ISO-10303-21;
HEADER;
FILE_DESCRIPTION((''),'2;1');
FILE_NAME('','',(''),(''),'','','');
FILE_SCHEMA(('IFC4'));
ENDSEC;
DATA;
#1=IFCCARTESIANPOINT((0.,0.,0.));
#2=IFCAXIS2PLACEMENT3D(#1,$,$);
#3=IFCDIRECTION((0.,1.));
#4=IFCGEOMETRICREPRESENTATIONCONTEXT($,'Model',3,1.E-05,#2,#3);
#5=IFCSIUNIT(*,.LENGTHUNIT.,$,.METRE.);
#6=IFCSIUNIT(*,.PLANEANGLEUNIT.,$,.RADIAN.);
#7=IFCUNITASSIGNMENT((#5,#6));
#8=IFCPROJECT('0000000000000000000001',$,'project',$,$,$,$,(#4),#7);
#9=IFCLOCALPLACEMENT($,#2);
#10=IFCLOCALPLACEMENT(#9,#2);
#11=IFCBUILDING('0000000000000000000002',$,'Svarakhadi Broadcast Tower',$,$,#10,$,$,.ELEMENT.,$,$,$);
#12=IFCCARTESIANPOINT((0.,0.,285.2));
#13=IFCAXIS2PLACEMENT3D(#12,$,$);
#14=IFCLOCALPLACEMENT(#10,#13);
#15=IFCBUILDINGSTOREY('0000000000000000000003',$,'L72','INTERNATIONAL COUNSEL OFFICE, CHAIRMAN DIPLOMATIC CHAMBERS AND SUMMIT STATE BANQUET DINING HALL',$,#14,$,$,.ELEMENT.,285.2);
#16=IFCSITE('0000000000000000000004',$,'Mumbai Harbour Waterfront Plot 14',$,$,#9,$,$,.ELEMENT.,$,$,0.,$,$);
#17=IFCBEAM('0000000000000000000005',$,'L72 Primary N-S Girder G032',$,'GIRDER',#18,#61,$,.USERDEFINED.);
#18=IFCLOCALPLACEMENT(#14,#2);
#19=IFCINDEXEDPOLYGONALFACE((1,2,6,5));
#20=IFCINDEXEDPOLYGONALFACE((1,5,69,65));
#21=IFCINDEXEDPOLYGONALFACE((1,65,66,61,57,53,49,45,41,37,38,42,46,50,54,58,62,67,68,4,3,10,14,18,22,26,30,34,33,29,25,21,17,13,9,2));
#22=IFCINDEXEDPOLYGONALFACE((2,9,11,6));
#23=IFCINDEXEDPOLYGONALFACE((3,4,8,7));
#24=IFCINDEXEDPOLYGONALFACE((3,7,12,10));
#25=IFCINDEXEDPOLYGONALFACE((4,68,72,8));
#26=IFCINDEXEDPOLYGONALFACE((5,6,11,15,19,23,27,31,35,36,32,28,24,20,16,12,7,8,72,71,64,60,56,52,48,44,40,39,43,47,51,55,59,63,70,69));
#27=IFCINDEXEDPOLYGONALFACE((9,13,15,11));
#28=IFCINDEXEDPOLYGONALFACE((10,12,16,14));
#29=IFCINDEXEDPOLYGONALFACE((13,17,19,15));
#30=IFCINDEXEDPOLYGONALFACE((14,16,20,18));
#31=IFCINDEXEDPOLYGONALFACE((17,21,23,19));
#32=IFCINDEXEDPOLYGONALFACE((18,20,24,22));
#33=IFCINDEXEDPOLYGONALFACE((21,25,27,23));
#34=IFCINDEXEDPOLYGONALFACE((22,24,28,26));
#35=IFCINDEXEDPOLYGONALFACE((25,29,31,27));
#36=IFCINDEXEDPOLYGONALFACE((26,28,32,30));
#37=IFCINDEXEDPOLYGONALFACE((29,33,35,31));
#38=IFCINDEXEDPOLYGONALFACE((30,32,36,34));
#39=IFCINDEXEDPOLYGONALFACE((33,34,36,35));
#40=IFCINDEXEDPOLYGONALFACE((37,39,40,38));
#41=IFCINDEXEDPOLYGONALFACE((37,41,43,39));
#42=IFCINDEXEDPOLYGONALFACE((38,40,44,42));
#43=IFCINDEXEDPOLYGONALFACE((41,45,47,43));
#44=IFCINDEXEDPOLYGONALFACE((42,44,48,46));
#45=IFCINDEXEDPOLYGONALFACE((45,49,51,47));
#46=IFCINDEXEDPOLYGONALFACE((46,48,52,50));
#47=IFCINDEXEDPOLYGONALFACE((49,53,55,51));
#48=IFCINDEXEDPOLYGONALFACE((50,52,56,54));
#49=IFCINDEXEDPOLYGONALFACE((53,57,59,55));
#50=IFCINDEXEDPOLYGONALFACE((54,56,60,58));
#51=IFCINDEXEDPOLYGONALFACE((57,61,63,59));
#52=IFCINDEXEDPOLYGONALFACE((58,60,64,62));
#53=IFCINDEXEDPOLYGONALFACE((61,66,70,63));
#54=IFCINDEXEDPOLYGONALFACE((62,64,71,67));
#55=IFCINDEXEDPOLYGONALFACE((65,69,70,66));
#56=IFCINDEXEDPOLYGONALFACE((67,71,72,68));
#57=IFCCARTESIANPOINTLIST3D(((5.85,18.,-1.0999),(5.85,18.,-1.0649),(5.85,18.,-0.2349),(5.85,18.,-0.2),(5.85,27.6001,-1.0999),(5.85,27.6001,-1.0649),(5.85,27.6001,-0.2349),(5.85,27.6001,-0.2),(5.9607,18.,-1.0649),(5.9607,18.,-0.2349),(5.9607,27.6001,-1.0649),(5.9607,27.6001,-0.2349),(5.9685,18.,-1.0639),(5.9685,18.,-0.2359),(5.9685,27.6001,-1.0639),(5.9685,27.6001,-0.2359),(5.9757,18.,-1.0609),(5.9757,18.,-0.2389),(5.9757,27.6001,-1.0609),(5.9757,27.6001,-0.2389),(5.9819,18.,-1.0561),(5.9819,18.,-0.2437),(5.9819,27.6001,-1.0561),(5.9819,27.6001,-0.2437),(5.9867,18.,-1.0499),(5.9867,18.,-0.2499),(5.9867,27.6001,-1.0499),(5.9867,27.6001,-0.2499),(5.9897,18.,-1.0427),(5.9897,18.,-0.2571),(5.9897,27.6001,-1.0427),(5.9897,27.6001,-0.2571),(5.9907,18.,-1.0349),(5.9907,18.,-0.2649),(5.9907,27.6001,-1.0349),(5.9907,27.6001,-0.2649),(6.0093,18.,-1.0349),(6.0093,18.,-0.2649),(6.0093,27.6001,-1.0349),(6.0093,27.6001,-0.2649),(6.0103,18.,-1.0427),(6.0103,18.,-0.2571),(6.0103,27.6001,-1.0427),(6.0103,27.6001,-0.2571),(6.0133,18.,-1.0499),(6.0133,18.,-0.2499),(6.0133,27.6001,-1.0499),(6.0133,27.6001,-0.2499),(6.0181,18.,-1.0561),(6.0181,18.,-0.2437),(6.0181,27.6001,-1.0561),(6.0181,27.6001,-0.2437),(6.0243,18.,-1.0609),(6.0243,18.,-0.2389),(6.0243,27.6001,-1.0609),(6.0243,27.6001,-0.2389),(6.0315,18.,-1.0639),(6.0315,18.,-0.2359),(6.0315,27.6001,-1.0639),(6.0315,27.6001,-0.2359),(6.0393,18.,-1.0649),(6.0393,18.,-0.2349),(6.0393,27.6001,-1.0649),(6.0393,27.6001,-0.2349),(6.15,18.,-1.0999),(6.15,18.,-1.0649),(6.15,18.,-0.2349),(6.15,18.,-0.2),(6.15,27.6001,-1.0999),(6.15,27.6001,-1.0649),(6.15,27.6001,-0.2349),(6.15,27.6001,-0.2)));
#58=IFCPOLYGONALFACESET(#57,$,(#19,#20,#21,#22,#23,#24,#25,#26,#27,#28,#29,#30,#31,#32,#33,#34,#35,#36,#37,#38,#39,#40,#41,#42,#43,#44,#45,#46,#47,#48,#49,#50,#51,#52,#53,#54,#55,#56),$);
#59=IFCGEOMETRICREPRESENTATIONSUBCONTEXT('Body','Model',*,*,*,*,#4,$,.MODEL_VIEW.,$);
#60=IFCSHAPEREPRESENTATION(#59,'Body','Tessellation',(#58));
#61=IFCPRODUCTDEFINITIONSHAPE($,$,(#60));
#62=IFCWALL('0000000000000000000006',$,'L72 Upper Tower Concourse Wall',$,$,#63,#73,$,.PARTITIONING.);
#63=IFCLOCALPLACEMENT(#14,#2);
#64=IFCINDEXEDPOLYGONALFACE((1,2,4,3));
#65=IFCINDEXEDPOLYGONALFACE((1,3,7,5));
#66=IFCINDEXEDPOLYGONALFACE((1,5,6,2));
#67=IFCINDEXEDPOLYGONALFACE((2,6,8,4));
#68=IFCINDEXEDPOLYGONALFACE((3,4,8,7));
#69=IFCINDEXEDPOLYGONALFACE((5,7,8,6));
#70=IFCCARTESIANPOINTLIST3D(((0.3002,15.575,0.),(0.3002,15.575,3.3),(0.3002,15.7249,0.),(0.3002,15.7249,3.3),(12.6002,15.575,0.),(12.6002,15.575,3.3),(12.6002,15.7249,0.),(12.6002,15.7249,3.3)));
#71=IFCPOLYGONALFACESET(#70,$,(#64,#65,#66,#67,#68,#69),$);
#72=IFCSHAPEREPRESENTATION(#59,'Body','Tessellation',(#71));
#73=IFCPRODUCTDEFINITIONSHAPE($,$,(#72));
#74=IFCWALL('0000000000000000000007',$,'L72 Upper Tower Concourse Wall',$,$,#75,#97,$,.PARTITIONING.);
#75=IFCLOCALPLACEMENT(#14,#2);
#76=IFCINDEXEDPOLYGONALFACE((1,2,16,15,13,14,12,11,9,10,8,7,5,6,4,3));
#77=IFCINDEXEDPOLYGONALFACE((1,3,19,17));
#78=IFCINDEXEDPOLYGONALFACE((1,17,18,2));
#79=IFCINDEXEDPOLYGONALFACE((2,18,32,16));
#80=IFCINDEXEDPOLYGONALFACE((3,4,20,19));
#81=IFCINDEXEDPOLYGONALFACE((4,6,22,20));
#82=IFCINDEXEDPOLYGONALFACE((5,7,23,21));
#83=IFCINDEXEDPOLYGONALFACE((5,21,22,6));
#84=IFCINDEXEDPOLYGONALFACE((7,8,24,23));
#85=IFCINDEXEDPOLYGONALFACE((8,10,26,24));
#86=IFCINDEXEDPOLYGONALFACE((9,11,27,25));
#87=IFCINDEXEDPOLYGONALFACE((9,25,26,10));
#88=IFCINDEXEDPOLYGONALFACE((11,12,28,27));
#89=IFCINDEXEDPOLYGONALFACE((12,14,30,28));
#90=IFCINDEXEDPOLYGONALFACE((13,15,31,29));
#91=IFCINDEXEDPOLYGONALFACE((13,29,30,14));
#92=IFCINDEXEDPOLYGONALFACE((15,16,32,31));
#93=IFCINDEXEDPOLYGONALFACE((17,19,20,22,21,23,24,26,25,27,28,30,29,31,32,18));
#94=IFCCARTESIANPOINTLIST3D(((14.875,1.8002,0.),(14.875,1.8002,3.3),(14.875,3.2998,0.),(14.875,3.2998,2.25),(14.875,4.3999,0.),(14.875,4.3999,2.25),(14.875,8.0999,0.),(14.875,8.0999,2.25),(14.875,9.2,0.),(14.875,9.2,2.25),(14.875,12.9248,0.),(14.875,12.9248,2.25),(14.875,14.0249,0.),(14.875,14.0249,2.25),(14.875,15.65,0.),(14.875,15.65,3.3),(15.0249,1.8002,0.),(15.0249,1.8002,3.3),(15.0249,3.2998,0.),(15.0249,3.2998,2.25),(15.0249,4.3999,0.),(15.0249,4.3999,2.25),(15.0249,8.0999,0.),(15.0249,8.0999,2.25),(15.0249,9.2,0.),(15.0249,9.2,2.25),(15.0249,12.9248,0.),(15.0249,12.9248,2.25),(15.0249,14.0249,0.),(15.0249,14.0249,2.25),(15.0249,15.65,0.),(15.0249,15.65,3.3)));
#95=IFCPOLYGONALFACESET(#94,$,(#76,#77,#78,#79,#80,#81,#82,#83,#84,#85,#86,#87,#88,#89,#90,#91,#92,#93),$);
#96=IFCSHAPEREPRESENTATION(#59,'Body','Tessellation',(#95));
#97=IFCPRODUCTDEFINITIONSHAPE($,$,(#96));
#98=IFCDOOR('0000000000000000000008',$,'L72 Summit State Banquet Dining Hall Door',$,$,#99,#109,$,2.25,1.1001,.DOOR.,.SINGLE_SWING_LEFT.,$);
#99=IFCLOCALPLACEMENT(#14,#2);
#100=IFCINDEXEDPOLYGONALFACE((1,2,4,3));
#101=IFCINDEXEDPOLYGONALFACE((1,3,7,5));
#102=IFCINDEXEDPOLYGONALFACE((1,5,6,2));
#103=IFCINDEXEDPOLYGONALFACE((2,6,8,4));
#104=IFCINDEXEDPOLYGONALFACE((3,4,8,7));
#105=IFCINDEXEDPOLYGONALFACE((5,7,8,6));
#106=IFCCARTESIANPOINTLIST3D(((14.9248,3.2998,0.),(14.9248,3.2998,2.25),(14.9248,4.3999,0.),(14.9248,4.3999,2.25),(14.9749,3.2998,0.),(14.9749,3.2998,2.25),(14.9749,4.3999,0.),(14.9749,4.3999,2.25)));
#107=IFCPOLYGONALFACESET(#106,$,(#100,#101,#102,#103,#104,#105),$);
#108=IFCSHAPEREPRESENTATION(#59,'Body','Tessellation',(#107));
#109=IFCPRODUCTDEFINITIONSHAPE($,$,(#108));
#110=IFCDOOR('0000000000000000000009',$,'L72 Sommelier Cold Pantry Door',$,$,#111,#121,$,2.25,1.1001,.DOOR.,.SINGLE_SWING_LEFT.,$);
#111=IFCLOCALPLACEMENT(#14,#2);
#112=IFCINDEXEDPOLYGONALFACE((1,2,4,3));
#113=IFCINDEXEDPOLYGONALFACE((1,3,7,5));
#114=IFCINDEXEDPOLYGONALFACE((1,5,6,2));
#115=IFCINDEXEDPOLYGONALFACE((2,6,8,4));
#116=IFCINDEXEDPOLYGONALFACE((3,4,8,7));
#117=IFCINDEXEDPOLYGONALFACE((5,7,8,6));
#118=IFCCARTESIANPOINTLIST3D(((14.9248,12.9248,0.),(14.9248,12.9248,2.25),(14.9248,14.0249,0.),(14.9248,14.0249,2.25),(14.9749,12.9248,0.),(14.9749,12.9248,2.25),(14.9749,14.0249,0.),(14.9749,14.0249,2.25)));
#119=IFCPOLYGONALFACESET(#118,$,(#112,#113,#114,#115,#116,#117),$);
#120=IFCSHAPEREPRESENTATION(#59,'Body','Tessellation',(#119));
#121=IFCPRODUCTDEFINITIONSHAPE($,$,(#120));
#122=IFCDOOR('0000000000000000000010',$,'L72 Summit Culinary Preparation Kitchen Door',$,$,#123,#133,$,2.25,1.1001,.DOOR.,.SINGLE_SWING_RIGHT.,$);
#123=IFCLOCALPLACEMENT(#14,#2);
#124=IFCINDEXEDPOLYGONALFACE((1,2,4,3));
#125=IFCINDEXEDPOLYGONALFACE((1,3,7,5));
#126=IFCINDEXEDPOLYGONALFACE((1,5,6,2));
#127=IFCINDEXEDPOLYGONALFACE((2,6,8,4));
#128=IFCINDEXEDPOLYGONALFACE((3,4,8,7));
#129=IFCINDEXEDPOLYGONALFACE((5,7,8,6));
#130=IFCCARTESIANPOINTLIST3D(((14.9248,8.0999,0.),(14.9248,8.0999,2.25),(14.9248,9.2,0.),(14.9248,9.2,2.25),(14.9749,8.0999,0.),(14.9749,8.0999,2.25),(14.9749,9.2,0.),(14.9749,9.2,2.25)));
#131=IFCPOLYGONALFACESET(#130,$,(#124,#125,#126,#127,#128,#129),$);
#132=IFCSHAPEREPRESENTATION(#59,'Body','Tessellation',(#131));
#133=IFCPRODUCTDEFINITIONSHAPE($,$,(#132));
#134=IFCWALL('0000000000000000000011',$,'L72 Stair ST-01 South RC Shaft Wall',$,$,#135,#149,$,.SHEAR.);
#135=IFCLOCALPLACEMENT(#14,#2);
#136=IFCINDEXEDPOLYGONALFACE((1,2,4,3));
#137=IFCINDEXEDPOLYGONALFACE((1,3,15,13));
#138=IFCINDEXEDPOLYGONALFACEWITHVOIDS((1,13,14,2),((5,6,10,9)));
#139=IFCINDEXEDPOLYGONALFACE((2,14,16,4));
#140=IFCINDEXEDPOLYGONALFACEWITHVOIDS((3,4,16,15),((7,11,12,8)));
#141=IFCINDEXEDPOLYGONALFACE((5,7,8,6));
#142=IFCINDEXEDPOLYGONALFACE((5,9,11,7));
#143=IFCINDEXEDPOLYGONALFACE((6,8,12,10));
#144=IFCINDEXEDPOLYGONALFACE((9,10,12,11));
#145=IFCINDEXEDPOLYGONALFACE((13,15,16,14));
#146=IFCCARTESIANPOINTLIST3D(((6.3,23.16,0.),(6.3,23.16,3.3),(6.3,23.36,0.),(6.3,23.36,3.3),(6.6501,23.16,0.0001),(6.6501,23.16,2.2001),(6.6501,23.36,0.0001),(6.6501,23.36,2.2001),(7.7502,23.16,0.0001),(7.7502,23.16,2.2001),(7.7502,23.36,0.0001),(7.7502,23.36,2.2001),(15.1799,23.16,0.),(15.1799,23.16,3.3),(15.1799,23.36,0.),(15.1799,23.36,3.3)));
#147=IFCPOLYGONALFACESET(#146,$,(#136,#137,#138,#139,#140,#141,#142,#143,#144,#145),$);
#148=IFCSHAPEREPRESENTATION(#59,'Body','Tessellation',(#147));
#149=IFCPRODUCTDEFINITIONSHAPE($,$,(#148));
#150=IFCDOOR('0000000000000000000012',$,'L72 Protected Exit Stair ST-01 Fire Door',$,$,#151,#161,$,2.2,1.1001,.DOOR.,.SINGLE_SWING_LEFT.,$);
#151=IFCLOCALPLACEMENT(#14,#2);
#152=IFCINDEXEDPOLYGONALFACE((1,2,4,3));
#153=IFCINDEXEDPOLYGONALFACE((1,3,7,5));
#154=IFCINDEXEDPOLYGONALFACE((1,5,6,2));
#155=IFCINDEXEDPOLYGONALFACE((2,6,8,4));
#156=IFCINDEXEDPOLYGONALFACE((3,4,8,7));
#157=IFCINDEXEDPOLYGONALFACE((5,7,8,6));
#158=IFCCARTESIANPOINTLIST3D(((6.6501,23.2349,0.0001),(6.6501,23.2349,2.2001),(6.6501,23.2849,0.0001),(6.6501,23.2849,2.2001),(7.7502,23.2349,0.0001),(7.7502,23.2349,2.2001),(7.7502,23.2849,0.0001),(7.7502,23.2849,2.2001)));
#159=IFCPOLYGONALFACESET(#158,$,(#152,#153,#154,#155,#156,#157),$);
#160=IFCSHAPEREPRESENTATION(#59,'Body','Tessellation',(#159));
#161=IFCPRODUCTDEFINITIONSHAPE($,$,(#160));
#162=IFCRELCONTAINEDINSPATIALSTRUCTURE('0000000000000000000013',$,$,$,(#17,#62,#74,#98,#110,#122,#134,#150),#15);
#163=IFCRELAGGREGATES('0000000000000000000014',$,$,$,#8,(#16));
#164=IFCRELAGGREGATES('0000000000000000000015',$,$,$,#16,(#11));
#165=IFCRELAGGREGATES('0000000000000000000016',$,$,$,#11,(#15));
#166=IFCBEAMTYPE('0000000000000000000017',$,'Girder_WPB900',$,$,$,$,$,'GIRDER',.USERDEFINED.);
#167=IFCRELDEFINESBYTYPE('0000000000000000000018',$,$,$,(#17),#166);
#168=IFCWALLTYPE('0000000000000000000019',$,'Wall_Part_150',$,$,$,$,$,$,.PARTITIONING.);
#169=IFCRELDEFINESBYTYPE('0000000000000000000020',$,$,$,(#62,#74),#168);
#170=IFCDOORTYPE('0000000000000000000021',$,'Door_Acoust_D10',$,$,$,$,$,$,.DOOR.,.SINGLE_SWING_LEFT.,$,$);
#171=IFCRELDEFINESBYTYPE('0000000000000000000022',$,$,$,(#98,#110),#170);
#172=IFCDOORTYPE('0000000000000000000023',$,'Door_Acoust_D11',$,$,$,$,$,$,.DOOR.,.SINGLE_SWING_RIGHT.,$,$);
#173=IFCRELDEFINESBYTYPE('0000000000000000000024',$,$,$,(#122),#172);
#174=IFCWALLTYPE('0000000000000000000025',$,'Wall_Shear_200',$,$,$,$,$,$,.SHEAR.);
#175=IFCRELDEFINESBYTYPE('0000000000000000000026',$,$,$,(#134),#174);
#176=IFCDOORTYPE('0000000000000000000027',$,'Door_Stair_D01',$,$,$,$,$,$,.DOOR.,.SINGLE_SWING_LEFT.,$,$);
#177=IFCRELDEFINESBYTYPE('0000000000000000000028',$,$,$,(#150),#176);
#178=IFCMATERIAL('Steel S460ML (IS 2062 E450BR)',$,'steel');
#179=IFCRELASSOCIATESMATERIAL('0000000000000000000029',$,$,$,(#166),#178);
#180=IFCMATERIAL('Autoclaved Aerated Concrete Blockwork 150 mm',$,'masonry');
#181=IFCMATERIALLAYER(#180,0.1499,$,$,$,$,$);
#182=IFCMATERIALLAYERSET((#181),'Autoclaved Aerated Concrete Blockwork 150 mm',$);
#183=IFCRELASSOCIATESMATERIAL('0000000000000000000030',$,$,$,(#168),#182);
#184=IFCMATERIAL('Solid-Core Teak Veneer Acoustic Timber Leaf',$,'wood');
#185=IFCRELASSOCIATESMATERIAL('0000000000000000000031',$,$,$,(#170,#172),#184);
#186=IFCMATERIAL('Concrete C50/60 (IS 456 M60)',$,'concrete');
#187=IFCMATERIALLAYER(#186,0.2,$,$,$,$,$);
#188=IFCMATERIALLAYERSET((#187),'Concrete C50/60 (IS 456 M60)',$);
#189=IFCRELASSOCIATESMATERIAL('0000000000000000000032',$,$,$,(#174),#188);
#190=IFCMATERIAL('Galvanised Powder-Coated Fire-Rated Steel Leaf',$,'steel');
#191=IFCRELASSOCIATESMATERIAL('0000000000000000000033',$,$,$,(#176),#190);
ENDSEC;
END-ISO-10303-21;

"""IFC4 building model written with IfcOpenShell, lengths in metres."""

from ifc_helpers import new_model, si_unit, direction, frame, frame_2d, origin, origin_2d, place, context, subcontext, project, spatial, rectangle, i_section, extrude, material, layer, layer_set, material_profile, profile_set, type_object, element, fill, save


model = new_model("IFC4")

# Units and contexts
model_context = context("Model", 3, precision=1e-05, world=origin(), true_north=direction((0.0, 1.0)))
body_context = subcontext(model_context, "Body", "Model", "MODEL_VIEW")
ifc_project = project(units=[si_unit("LENGTHUNIT", "METRE"), si_unit("PLANEANGLEUNIT", "RADIAN")], contexts=[model_context])

# Site, building, storey
site_placement = place(None, origin())
site = spatial("IfcSite", under=ifc_project, at=site_placement, Name="Mumbai Harbour Waterfront Plot 14", CompositionType="ELEMENT", RefElevation=0.0)
building_placement = place(site_placement, origin())
building = spatial("IfcBuilding", under=site, at=building_placement, Name="Svarakhadi Broadcast Tower", CompositionType="ELEMENT")
storey_placement = place(building_placement, frame((0.0, 0.0, 285.2)))
storey = spatial("IfcBuildingStorey", under=building, at=storey_placement, Name="L72", Description="INTERNATIONAL COUNSEL OFFICE, CHAIRMAN DIPLOMATIC CHAMBERS AND SUMMIT STATE BANQUET DINING HALL", CompositionType="ELEMENT", Elevation=285.2)

# Shared definitions
ifc_material_1 = material(Name="Concrete C50/60 (IS 456 M60)", Category="concrete")
ifc_material_2 = material(Name="Steel S460ML (IS 2062 E450BR)", Category="steel")

# Beam
ifc_material_profile_1 = material_profile(ifc_material_2, i_section(OverallWidth=0.3, OverallDepth=0.8999, WebThickness=0.0186, FlangeThickness=0.0349, FilletRadius=0.03, at=origin_2d()), Name="WPB 900x300x291")
ifc_profile_set_1 = profile_set([ifc_material_profile_1], Name="Steel S460ML (IS 2062 E450BR)")
beam_type_1 = type_object("IfcBeamType", Name="Girder_WPB900", ElementType="GIRDER", PredefinedType="USERDEFINED", material=ifc_profile_set_1)
beam_1_placement = place(storey_placement, frame((6.0, 18.0, -0.6499), z_axis=(0.0, 1.0, 0.0), x_axis=(-1.0, 0.0, 0.0)))
element("IfcBeam", 1, at=beam_1_placement, inside=storey, type_object=beam_type_1, Name="L72 Primary N-S Girder G032", ObjectType="GIRDER", PredefinedType="USERDEFINED", context=body_context, shape_type="SweptSolid", body=[
    extrude(i_section(OverallWidth=0.3, OverallDepth=0.8999, WebThickness=0.0186, FlangeThickness=0.0349, FilletRadius=0.03, at=origin_2d()), origin(), (0.0, 0.0, 1.0), 9.6001),
])

# Wall
ifc_material_3 = material(Name="Autoclaved Aerated Concrete Blockwork 150 mm", Category="masonry")
ifc_layer_1 = layer(ifc_material_3, 0.1499)
ifc_layer_set_1 = layer_set([ifc_layer_1], Name="Autoclaved Aerated Concrete Blockwork 150 mm")
wall_type_1 = type_object("IfcWallType", Name="Wall_Part_150", PredefinedType="PARTITIONING", material=ifc_layer_set_1)
wall_1_placement = place(storey_placement, frame((12.6001, 15.6499, 0.0), z_axis=(0.0, 0.0, 1.0), x_axis=(-1.0, 0.0, 0.0)))
element("IfcWall", 2, at=wall_1_placement, inside=storey, type_object=wall_type_1, Name="L72 Upper Tower Concourse Wall", PredefinedType="PARTITIONING", context=body_context, shape_type="SweptSolid", body=[
    extrude(rectangle(XDim=12.3, YDim=0.1499, at=frame_2d((6.1499, 0.0))), origin(), (0.0, 0.0, 1.0), 3.3),
])

# Wall, openings, doors
wall_2_placement = place(storey_placement, frame((14.95, 15.6499, 0.0), z_axis=(0.0, 0.0, 1.0), x_axis=(0.0, -1.0, 0.0)))
wall_2 = element("IfcWall", 3, at=wall_2_placement, inside=storey, type_object=wall_type_1, Name="L72 Upper Tower Concourse Wall", PredefinedType="PARTITIONING", context=body_context, shape_type="SweptSolid", body=[
    extrude(rectangle(XDim=13.8499, YDim=0.1499, at=frame_2d((6.9248, 0.0))), origin(), (0.0, 0.0, 1.0), 3.3),
])
opening_1_placement = place(wall_2_placement, frame((11.25, 0.0, 0.0)))
opening_1 = element("IfcOpeningElement", 4, at=opening_1_placement, cuts=wall_2, PredefinedType="OPENING", context=body_context, shape_type="SweptSolid", body=[
    extrude(rectangle(XDim=1.1001, YDim=2.25, at=frame_2d((0.55, 1.125))), frame((0.0, 0.085, 0.0), z_axis=(0.0, -1.0, 0.0), x_axis=(1.0, 0.0, 0.0)), (0.0, 0.0, 1.0), 0.1699),
])
opening_2_placement = place(wall_2_placement, frame((6.45, 0.0, 0.0)))
opening_2 = element("IfcOpeningElement", 5, at=opening_2_placement, cuts=wall_2, PredefinedType="OPENING", context=body_context, shape_type="SweptSolid", body=[
    extrude(rectangle(XDim=1.1001, YDim=2.25, at=frame_2d((0.55, 1.125))), frame((0.0, 0.085, 0.0), z_axis=(0.0, -1.0, 0.0), x_axis=(1.0, 0.0, 0.0)), (0.0, 0.0, 1.0), 0.1699),
])
opening_3_placement = place(wall_2_placement, frame((1.625, 0.0, 0.0)))
opening_3 = element("IfcOpeningElement", 6, at=opening_3_placement, cuts=wall_2, PredefinedType="OPENING", context=body_context, shape_type="SweptSolid", body=[
    extrude(rectangle(XDim=1.1001, YDim=2.25, at=frame_2d((0.55, 1.125))), frame((0.0, 0.085, 0.0), z_axis=(0.0, -1.0, 0.0), x_axis=(1.0, 0.0, 0.0)), (0.0, 0.0, 1.0), 0.1699),
])
ifc_material_4 = material(Name="Solid-Core Teak Veneer Acoustic Timber Leaf", Category="wood")
door_type_1 = type_object("IfcDoorType", Name="Door_Acoust_D10", OperationType="SINGLE_SWING_LEFT", PredefinedType="DOOR", material=ifc_material_4)
door_1_placement = place(opening_1_placement, origin())
door_1 = element("IfcDoor", 7, at=door_1_placement, inside=storey, type_object=door_type_1, Name="L72 Summit State Banquet Dining Hall Door", OperationType="SINGLE_SWING_LEFT", OverallHeight=2.25, OverallWidth=1.1001, PredefinedType="DOOR", context=body_context, shape_type="SweptSolid", body=[
    extrude(rectangle(XDim=1.1001, YDim=2.25, at=frame_2d((0.55, 1.125))), frame((0.0, 0.0249, 0.0), z_axis=(0.0, -1.0, 0.0), x_axis=(1.0, 0.0, 0.0)), (0.0, 0.0, 1.0), 0.05),
])
fill(opening_1, door_1)
door_2_placement = place(opening_3_placement, origin())
door_2 = element("IfcDoor", 8, at=door_2_placement, inside=storey, type_object=door_type_1, Name="L72 Sommelier Cold Pantry Door", OperationType="SINGLE_SWING_LEFT", OverallHeight=2.25, OverallWidth=1.1001, PredefinedType="DOOR", context=body_context, shape_type="SweptSolid", body=[
    extrude(rectangle(XDim=1.1001, YDim=2.25, at=frame_2d((0.55, 1.125))), frame((0.0, 0.0249, 0.0), z_axis=(0.0, -1.0, 0.0), x_axis=(1.0, 0.0, 0.0)), (0.0, 0.0, 1.0), 0.05),
])
fill(opening_3, door_2)
door_type_2 = type_object("IfcDoorType", Name="Door_Acoust_D11", OperationType="SINGLE_SWING_RIGHT", PredefinedType="DOOR", material=ifc_material_4)
door_3_placement = place(opening_2_placement, origin())
door_3 = element("IfcDoor", 9, at=door_3_placement, inside=storey, type_object=door_type_2, Name="L72 Summit Culinary Preparation Kitchen Door", OperationType="SINGLE_SWING_RIGHT", OverallHeight=2.25, OverallWidth=1.1001, PredefinedType="DOOR", context=body_context, shape_type="SweptSolid", body=[
    extrude(rectangle(XDim=1.1001, YDim=2.25, at=frame_2d((0.55, 1.125))), frame((0.0, 0.0249, 0.0), z_axis=(0.0, -1.0, 0.0), x_axis=(1.0, 0.0, 0.0)), (0.0, 0.0, 1.0), 0.05),
])
fill(opening_2, door_3)

# Wall, opening, door
ifc_layer_2 = layer(ifc_material_1, 0.2)
ifc_layer_set_2 = layer_set([ifc_layer_2], Name="Concrete C50/60 (IS 456 M60)")
wall_type_2 = type_object("IfcWallType", Name="Wall_Shear_200", PredefinedType="SHEAR", material=ifc_layer_set_2)
wall_3_placement = place(storey_placement, frame((6.3, 23.26, 0.0), z_axis=(0.0, 0.0, 1.0), x_axis=(1.0, 0.0, 0.0)))
wall_3 = element("IfcWall", 10, at=wall_3_placement, inside=storey, type_object=wall_type_2, Name="L72 Stair ST-01 South RC Shaft Wall", PredefinedType="SHEAR", context=body_context, shape_type="SweptSolid", body=[
    extrude(rectangle(XDim=8.8799, YDim=0.2, at=frame_2d((4.4399, 0.0))), origin(), (0.0, 0.0, 1.0), 3.3),
])
opening_4_placement = place(wall_3_placement, frame((0.3501, 0.0, 0.0)))
opening_4 = element("IfcOpeningElement", 11, at=opening_4_placement, cuts=wall_3, PredefinedType="OPENING", context=body_context, shape_type="SweptSolid", body=[
    extrude(rectangle(XDim=1.1001, YDim=2.2, at=frame_2d((0.55, 1.1001))), frame((0.0, 0.1099, 0.0), z_axis=(0.0, -1.0, 0.0), x_axis=(1.0, 0.0, 0.0)), (0.0, 0.0, 1.0), 0.22),
])
ifc_material_5 = material(Name="Galvanised Powder-Coated Fire-Rated Steel Leaf", Category="steel")
door_type_3 = type_object("IfcDoorType", Name="Door_Stair_D01", OperationType="SINGLE_SWING_LEFT", PredefinedType="DOOR", material=ifc_material_5)
door_4_placement = place(opening_4_placement, origin())
door_4 = element("IfcDoor", 12, at=door_4_placement, inside=storey, type_object=door_type_3, Name="L72 Protected Exit Stair ST-01 Fire Door", OperationType="SINGLE_SWING_LEFT", OverallHeight=2.2, OverallWidth=1.1001, PredefinedType="DOOR", context=body_context, shape_type="SweptSolid", body=[
    extrude(rectangle(XDim=1.1001, YDim=2.2, at=frame_2d((0.55, 1.1001))), frame((0.0, 0.0249, 0.0), z_axis=(0.0, -1.0, 0.0), x_axis=(1.0, 0.0, 0.0)), (0.0, 0.0, 1.0), 0.05),
])
fill(opening_4, door_4)

save(model, "model.ifc")
